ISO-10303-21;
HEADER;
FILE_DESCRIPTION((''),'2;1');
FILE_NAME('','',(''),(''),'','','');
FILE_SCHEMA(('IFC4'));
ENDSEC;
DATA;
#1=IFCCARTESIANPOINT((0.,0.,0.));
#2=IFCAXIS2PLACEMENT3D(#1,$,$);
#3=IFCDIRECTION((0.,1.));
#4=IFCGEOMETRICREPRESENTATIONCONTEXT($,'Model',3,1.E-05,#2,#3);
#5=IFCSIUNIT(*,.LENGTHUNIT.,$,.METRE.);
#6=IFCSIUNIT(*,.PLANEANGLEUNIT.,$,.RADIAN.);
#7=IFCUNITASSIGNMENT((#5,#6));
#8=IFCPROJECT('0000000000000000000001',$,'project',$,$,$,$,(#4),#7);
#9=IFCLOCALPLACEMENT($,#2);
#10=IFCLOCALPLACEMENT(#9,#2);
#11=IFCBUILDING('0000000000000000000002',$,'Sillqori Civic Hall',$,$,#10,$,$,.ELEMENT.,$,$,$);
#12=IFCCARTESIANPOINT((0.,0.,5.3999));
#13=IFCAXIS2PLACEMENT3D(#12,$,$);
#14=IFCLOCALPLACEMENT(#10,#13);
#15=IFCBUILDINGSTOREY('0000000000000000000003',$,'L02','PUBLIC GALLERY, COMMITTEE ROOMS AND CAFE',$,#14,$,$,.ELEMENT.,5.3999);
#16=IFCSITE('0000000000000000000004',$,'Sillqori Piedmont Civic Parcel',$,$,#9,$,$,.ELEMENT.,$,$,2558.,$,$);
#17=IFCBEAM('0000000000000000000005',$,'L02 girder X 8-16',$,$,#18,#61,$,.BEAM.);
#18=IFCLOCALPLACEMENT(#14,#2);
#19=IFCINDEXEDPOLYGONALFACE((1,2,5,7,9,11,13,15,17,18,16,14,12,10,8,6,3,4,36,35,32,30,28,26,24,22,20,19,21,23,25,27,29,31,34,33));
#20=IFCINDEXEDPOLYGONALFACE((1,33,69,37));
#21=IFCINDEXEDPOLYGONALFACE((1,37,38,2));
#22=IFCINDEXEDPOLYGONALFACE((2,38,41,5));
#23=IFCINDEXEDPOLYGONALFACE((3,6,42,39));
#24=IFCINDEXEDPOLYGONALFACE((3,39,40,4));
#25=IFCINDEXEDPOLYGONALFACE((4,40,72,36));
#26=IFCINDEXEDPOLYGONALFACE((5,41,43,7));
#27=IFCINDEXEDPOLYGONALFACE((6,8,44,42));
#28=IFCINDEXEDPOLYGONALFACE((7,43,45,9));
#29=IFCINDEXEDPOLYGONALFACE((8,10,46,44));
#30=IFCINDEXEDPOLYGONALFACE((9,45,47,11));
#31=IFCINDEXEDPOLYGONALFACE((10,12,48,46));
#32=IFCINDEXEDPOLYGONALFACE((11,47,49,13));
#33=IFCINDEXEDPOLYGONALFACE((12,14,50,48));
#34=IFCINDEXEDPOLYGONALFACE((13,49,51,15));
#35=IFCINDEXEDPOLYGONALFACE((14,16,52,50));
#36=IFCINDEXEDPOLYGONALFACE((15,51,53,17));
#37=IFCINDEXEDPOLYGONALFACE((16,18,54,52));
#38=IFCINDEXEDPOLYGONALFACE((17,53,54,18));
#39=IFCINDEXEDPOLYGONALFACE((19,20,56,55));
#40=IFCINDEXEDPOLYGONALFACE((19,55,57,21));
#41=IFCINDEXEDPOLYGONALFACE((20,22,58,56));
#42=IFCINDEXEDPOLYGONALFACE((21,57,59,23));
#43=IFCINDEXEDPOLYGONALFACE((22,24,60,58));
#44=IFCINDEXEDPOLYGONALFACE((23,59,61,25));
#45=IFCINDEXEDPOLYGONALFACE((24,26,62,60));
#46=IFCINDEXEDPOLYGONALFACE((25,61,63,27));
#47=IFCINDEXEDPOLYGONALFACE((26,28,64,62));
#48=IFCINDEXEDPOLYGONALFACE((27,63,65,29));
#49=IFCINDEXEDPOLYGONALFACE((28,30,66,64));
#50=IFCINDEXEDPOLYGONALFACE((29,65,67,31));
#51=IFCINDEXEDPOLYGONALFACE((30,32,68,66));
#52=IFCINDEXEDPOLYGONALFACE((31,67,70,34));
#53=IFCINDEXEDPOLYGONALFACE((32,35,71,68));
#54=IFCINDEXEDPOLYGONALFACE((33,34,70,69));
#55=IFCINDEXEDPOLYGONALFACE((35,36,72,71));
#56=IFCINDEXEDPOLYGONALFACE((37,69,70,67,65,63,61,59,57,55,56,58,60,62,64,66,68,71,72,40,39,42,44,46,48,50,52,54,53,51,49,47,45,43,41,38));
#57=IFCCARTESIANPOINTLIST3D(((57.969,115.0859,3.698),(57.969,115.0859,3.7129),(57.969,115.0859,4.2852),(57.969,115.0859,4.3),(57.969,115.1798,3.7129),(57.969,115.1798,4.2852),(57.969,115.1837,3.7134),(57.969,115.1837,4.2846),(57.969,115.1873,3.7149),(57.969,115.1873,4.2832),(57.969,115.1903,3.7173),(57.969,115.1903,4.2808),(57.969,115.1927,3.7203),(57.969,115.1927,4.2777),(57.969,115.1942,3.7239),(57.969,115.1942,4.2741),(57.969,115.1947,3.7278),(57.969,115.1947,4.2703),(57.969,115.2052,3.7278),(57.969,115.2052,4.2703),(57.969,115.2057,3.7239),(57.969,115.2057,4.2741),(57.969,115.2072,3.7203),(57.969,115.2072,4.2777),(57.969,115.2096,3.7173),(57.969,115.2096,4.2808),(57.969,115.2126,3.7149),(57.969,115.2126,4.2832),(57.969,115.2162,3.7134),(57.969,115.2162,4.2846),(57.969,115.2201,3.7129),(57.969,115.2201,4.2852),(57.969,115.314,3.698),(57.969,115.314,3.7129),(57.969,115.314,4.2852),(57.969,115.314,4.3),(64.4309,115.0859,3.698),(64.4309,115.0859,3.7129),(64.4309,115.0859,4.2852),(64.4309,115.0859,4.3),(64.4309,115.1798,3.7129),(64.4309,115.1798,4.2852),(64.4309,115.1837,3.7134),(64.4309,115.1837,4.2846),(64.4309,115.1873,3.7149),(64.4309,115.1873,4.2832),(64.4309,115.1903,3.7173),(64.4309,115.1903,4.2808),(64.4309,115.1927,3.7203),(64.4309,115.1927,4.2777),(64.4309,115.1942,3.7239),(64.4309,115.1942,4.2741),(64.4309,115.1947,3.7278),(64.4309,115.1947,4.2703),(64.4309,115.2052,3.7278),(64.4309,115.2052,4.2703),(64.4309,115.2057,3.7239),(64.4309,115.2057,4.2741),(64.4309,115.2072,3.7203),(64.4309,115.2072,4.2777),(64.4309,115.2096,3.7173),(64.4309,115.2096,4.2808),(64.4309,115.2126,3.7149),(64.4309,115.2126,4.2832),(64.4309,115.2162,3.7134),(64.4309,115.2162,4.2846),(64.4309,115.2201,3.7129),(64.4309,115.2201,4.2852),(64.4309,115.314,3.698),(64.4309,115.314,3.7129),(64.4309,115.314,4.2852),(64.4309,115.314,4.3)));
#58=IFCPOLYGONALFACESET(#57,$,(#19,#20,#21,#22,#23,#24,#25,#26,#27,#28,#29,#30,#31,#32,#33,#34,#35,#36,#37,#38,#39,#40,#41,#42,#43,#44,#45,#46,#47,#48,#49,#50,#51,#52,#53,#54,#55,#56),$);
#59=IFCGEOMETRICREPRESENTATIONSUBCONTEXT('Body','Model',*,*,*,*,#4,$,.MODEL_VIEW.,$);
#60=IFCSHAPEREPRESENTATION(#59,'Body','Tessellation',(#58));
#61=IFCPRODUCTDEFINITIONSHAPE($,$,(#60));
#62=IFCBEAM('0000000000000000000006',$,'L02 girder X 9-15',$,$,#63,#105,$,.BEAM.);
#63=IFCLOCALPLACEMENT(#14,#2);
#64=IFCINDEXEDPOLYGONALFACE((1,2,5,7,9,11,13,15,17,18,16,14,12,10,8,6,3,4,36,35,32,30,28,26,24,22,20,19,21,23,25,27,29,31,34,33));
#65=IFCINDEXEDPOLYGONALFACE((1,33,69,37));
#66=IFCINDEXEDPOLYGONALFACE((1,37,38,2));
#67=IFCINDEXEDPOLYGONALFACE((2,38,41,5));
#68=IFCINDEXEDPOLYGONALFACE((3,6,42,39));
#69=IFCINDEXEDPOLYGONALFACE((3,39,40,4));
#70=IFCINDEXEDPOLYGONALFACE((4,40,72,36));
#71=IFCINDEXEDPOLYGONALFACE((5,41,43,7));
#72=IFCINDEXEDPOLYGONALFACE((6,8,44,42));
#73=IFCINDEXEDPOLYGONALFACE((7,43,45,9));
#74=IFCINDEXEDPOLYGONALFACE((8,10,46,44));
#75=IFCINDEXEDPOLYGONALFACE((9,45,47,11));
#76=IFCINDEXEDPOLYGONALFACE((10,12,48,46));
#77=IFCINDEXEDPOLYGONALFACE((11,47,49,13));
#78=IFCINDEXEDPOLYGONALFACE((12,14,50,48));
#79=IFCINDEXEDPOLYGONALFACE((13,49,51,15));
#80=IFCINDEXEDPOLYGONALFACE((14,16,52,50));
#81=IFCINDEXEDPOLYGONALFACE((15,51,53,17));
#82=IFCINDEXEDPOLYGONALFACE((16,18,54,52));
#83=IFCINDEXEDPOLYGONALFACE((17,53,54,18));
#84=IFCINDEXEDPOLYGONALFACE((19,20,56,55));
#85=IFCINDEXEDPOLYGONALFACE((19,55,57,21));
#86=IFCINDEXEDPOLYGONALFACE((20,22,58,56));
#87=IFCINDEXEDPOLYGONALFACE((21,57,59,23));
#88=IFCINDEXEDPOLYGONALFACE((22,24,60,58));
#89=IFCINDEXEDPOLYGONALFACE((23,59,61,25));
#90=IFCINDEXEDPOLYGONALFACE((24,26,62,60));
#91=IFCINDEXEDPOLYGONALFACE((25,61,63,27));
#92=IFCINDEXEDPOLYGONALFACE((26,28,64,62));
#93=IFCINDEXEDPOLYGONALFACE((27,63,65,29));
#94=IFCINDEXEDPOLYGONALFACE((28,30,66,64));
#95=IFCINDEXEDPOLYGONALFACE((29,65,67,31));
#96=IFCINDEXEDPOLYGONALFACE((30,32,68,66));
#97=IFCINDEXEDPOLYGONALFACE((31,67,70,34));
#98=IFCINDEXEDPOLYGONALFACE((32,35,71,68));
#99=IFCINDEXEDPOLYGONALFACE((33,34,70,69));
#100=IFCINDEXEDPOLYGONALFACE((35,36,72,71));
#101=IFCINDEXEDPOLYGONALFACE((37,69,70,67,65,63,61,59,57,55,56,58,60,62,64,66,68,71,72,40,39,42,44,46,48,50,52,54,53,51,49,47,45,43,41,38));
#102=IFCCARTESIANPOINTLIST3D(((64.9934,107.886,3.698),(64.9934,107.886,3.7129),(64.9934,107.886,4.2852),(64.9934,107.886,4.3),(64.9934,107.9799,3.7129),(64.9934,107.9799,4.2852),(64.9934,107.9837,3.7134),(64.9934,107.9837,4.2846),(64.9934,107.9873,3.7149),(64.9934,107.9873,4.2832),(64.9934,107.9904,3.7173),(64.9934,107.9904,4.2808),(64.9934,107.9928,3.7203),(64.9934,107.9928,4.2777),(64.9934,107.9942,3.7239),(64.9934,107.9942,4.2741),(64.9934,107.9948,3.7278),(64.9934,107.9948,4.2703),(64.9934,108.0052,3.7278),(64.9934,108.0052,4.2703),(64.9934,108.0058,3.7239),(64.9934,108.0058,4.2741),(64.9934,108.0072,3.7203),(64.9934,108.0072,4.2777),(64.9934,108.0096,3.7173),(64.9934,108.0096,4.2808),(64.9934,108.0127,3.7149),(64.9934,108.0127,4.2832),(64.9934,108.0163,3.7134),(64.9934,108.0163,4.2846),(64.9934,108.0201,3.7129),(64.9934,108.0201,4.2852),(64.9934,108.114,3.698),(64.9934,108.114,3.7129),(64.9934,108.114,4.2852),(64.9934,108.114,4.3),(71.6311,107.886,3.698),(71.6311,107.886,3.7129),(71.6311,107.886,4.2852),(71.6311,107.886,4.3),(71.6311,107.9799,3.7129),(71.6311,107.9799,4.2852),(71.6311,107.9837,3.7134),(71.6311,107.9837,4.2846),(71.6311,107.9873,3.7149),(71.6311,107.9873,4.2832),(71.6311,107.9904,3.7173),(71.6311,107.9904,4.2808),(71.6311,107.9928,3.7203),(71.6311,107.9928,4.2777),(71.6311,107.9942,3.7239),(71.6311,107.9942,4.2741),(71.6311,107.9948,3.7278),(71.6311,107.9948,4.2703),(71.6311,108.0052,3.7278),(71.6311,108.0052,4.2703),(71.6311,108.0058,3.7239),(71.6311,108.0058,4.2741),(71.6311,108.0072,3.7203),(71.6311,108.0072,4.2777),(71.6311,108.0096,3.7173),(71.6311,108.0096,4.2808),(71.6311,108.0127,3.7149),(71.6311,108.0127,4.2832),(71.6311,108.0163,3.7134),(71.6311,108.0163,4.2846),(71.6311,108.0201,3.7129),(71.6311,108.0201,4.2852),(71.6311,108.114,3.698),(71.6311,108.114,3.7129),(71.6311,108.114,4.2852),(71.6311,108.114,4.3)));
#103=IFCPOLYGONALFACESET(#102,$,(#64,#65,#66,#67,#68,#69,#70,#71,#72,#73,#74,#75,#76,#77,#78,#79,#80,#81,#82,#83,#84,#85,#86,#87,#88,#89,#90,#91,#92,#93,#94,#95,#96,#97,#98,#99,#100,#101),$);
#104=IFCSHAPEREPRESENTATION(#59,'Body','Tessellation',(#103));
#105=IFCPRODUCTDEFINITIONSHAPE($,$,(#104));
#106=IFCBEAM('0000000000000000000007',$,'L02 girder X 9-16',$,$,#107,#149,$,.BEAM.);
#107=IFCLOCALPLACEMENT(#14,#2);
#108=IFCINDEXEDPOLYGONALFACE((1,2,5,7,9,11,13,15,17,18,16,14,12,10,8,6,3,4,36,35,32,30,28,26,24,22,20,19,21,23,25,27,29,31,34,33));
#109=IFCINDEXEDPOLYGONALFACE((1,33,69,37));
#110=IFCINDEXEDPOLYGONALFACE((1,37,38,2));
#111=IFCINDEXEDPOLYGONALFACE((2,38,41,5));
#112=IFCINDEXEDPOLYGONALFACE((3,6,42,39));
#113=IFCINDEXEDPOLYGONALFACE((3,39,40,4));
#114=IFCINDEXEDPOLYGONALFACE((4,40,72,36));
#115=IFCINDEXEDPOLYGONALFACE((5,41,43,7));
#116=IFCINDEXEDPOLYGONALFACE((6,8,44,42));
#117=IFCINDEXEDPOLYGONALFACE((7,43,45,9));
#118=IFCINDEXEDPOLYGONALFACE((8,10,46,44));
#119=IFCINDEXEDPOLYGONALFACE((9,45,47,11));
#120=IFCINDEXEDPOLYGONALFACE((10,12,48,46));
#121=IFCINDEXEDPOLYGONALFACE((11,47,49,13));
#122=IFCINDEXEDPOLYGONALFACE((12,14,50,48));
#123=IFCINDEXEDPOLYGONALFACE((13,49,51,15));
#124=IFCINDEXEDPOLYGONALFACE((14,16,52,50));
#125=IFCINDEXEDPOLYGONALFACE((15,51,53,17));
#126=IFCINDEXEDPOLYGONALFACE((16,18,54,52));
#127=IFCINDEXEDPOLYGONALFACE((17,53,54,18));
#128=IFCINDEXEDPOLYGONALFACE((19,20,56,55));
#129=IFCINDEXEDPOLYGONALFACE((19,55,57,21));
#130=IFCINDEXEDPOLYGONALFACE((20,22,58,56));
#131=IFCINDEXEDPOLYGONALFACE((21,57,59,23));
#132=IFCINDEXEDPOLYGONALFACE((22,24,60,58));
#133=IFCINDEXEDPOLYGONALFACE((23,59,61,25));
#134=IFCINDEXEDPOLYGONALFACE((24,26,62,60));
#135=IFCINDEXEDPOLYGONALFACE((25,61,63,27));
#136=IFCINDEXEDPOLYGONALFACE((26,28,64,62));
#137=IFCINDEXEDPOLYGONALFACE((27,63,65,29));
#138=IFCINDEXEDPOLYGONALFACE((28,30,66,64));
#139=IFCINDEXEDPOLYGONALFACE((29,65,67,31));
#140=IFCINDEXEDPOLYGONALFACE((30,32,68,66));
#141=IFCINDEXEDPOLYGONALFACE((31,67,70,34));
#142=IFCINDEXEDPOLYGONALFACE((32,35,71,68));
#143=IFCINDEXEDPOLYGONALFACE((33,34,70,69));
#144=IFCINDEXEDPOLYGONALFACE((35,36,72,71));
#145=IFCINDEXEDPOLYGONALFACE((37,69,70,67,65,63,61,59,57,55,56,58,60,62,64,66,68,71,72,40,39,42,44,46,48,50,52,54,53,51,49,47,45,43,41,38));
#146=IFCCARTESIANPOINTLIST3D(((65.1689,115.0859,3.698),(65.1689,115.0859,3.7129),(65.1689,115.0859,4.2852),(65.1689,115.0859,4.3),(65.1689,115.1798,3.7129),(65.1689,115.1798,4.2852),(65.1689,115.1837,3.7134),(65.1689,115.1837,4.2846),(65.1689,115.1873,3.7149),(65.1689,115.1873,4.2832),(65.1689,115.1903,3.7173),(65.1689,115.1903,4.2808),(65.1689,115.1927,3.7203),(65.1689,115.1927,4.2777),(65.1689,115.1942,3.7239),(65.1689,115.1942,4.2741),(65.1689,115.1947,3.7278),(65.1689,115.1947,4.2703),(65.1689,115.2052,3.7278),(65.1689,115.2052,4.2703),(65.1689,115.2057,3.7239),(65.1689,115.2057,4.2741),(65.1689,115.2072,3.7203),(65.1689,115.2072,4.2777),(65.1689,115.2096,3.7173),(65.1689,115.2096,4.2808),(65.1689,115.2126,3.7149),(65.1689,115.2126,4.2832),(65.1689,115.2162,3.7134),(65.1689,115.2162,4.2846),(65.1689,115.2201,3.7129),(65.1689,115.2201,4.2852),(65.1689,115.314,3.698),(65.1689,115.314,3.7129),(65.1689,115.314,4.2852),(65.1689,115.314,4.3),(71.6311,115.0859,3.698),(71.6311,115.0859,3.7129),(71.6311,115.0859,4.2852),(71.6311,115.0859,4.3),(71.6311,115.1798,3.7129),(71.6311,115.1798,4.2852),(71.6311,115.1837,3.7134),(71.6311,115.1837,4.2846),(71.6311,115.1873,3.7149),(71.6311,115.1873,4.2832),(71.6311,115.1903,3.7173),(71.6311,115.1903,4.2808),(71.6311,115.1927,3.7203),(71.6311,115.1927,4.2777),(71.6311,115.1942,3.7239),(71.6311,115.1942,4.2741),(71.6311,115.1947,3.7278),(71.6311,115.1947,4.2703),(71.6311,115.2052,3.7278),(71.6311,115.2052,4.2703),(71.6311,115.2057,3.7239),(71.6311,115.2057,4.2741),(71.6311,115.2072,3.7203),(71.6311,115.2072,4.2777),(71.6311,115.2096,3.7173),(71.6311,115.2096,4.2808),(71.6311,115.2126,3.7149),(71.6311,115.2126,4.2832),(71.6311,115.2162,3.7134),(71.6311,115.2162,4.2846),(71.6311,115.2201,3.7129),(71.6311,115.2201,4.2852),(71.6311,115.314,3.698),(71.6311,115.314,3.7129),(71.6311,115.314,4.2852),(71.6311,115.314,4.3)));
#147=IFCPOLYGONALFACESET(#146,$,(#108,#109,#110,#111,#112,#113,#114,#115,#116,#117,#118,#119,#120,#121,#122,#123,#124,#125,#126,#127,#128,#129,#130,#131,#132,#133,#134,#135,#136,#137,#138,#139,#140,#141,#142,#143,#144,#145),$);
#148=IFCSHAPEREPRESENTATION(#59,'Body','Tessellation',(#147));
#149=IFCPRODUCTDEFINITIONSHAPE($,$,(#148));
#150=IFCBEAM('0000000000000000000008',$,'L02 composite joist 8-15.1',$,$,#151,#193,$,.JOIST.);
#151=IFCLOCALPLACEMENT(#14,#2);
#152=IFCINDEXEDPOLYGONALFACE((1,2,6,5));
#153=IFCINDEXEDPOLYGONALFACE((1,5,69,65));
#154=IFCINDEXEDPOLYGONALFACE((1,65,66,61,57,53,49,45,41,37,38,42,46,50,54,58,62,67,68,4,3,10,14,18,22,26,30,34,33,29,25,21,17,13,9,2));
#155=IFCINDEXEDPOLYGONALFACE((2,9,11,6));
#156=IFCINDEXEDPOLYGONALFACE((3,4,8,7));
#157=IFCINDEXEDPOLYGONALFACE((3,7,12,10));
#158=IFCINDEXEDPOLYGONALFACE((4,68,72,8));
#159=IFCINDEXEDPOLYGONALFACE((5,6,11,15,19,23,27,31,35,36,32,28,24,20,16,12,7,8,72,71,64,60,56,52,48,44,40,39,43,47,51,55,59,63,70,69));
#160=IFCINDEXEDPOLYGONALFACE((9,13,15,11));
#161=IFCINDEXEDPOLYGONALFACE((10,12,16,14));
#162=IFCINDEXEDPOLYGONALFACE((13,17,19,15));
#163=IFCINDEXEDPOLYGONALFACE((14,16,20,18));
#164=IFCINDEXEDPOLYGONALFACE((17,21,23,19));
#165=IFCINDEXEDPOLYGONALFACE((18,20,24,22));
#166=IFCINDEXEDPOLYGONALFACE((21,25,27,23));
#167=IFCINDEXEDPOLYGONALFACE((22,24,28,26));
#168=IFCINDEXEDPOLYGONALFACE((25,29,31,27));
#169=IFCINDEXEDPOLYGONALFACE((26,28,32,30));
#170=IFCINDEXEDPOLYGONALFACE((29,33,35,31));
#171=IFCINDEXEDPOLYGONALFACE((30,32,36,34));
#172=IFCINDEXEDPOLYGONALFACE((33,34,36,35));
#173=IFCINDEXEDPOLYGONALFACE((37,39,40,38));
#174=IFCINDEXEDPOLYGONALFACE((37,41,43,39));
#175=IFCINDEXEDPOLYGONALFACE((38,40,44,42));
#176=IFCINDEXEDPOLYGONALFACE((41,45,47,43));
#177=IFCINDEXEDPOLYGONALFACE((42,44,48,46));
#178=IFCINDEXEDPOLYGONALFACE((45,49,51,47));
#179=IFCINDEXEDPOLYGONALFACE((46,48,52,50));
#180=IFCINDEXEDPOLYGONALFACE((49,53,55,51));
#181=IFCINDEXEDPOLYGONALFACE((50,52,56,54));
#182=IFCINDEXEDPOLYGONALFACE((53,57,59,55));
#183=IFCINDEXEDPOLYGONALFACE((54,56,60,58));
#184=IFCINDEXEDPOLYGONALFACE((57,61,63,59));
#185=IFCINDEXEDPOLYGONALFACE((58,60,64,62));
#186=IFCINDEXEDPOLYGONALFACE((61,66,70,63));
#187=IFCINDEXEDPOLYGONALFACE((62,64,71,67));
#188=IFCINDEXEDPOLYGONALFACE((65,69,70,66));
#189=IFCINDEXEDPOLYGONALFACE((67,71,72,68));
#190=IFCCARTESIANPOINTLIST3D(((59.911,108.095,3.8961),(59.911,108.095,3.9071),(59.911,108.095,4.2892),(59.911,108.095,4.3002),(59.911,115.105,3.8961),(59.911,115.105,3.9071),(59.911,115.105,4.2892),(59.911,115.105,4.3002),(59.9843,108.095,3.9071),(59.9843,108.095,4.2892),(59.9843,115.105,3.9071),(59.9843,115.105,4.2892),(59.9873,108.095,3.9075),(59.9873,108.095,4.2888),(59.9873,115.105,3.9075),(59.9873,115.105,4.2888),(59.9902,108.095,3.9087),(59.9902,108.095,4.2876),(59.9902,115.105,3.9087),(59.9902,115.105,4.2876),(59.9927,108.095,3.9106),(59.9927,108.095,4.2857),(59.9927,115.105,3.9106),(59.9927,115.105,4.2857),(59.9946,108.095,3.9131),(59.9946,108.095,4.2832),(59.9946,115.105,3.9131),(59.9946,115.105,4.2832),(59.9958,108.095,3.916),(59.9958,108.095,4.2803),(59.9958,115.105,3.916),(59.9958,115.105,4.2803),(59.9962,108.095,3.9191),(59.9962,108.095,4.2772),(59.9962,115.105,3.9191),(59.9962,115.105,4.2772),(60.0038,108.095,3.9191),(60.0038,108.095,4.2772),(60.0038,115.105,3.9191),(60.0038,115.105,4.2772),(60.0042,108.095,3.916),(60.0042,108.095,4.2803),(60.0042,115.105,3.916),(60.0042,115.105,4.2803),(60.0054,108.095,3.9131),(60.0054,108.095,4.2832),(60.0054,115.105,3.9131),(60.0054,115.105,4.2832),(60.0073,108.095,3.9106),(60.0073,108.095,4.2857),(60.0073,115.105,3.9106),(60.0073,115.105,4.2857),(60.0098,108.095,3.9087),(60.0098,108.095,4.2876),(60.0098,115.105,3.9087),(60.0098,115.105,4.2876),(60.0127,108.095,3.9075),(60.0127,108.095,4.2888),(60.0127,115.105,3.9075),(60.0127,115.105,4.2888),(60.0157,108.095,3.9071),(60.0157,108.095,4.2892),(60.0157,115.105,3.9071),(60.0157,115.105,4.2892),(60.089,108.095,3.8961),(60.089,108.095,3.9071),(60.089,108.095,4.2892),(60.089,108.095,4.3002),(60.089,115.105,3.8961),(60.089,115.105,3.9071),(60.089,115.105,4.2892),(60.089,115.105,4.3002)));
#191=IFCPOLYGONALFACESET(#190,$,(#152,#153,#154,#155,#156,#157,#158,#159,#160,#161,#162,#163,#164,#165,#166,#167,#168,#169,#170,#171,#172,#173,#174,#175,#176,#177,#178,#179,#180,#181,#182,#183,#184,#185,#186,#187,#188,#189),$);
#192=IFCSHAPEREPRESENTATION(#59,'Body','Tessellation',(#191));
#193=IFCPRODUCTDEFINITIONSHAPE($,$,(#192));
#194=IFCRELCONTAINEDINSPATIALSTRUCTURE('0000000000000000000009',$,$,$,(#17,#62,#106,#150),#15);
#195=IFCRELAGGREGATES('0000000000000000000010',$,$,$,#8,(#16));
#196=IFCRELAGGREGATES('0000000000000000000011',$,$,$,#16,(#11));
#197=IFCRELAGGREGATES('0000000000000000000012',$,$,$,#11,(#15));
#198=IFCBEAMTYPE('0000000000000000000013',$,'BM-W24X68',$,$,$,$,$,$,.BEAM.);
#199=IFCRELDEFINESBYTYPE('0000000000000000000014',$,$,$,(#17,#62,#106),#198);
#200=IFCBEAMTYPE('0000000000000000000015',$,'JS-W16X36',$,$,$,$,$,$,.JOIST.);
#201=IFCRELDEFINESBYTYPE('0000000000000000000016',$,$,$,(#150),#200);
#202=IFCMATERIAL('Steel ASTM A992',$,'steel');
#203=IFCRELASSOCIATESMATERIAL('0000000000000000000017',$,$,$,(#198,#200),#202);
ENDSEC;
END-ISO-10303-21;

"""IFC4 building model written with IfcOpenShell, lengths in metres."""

from ifc_helpers import new_model, si_unit, direction, frame, origin, origin_2d, place, context, subcontext, project, spatial, i_section, extrude, material, material_profile, profile_set, type_object, element, save


model = new_model("IFC4")

# Units and contexts
model_context = context("Model", 3, precision=1e-05, world=origin(), true_north=direction((0.0, 1.0)))
body_context = subcontext(model_context, "Body", "Model", "MODEL_VIEW")
ifc_project = project(units=[si_unit("LENGTHUNIT", "METRE"), si_unit("PLANEANGLEUNIT", "RADIAN")], contexts=[model_context])

# Site, building, storey
site_placement = place(None, origin())
site = spatial("IfcSite", under=ifc_project, at=site_placement, Name="Sillqori Piedmont Civic Parcel", CompositionType="ELEMENT", RefElevation=2558.0)
building_placement = place(site_placement, origin())
building = spatial("IfcBuilding", under=site, at=building_placement, Name="Sillqori Civic Hall", CompositionType="ELEMENT")
storey_placement = place(building_placement, frame((0.0, 0.0, 5.3999)))
storey = spatial("IfcBuildingStorey", under=building, at=storey_placement, Name="L02", Description="PUBLIC GALLERY, COMMITTEE ROOMS AND CAFE", CompositionType="ELEMENT", Elevation=5.3999)

# Shared definitions
ifc_material_1 = material(Name="Steel ASTM A992", Category="steel")

# Beams
ifc_material_profile_1 = material_profile(ifc_material_1, i_section(OverallWidth=0.228, OverallDepth=0.6021, WebThickness=0.0105, FlangeThickness=0.0149, FilletRadius=0.0149, at=origin_2d()), Name="W24X68")
ifc_profile_set_1 = profile_set([ifc_material_profile_1], Name="Steel ASTM A992")
beam_type_1 = type_object("IfcBeamType", Name="BM-W24X68", PredefinedType="BEAM", material=ifc_profile_set_1)
beam_1_placement = place(storey_placement, frame((57.969, 115.2, 3.999), z_axis=(1.0, 0.0, 0.0), x_axis=(0.0, 1.0, 0.0)))
element("IfcBeam", 1, at=beam_1_placement, inside=storey, type_object=beam_type_1, Name="L02 girder X 8-16", PredefinedType="BEAM", context=body_context, shape_type="SweptSolid", body=[
    extrude(i_section(OverallWidth=0.228, OverallDepth=0.6021, WebThickness=0.0105, FlangeThickness=0.0149, FilletRadius=0.0149, at=origin_2d()), origin(), (0.0, 0.0, 1.0), 6.4619),
])
beam_2_placement = place(storey_placement, frame((64.9934, 108.0, 3.999), z_axis=(1.0, 0.0, 0.0), x_axis=(0.0, 1.0, 0.0)))
element("IfcBeam", 2, at=beam_2_placement, inside=storey, type_object=beam_type_1, Name="L02 girder X 9-15", PredefinedType="BEAM", context=body_context, shape_type="SweptSolid", body=[
    extrude(i_section(OverallWidth=0.228, OverallDepth=0.6021, WebThickness=0.0105, FlangeThickness=0.0149, FilletRadius=0.0149, at=origin_2d()), origin(), (0.0, 0.0, 1.0), 6.6377),
])
beam_3_placement = place(storey_placement, frame((65.1689, 115.2, 3.999), z_axis=(1.0, 0.0, 0.0), x_axis=(0.0, 1.0, 0.0)))
element("IfcBeam", 3, at=beam_3_placement, inside=storey, type_object=beam_type_1, Name="L02 girder X 9-16", PredefinedType="BEAM", context=body_context, shape_type="SweptSolid", body=[
    extrude(i_section(OverallWidth=0.228, OverallDepth=0.6021, WebThickness=0.0105, FlangeThickness=0.0149, FilletRadius=0.0149, at=origin_2d()), origin(), (0.0, 0.0, 1.0), 6.4622),
])
ifc_material_profile_2 = material_profile(ifc_material_1, i_section(OverallWidth=0.178, OverallDepth=0.4041, WebThickness=0.0076, FlangeThickness=0.011, FilletRadius=0.012, at=origin_2d()), Name="W16X36")
ifc_profile_set_2 = profile_set([ifc_material_profile_2], Name="Steel ASTM A992")
beam_type_2 = type_object("IfcBeamType", Name="JS-W16X36", PredefinedType="JOIST", material=ifc_profile_set_2)
for number, where, z_axis, x_axis, name in (
    (4, (60.0, 108.095, 4.0981), (0.0, 1.0, 0.0), (-1.0, 0.0, 0.0), "L02 composite joist 8-15.1"),
):
    element("IfcBeam", number, at=place(storey_placement, frame(where, z_axis=z_axis, x_axis=x_axis)), inside=storey, type_object=beam_type_2, Name=name, PredefinedType="JOIST", context=body_context, shape_type="SweptSolid", body=[
        extrude(i_section(OverallWidth=0.178, OverallDepth=0.4041, WebThickness=0.0076, FlangeThickness=0.011, FilletRadius=0.012, at=origin_2d()), origin(), (0.0, 0.0, 1.0), 7.01),
    ])

save(model, "model.ifc")
